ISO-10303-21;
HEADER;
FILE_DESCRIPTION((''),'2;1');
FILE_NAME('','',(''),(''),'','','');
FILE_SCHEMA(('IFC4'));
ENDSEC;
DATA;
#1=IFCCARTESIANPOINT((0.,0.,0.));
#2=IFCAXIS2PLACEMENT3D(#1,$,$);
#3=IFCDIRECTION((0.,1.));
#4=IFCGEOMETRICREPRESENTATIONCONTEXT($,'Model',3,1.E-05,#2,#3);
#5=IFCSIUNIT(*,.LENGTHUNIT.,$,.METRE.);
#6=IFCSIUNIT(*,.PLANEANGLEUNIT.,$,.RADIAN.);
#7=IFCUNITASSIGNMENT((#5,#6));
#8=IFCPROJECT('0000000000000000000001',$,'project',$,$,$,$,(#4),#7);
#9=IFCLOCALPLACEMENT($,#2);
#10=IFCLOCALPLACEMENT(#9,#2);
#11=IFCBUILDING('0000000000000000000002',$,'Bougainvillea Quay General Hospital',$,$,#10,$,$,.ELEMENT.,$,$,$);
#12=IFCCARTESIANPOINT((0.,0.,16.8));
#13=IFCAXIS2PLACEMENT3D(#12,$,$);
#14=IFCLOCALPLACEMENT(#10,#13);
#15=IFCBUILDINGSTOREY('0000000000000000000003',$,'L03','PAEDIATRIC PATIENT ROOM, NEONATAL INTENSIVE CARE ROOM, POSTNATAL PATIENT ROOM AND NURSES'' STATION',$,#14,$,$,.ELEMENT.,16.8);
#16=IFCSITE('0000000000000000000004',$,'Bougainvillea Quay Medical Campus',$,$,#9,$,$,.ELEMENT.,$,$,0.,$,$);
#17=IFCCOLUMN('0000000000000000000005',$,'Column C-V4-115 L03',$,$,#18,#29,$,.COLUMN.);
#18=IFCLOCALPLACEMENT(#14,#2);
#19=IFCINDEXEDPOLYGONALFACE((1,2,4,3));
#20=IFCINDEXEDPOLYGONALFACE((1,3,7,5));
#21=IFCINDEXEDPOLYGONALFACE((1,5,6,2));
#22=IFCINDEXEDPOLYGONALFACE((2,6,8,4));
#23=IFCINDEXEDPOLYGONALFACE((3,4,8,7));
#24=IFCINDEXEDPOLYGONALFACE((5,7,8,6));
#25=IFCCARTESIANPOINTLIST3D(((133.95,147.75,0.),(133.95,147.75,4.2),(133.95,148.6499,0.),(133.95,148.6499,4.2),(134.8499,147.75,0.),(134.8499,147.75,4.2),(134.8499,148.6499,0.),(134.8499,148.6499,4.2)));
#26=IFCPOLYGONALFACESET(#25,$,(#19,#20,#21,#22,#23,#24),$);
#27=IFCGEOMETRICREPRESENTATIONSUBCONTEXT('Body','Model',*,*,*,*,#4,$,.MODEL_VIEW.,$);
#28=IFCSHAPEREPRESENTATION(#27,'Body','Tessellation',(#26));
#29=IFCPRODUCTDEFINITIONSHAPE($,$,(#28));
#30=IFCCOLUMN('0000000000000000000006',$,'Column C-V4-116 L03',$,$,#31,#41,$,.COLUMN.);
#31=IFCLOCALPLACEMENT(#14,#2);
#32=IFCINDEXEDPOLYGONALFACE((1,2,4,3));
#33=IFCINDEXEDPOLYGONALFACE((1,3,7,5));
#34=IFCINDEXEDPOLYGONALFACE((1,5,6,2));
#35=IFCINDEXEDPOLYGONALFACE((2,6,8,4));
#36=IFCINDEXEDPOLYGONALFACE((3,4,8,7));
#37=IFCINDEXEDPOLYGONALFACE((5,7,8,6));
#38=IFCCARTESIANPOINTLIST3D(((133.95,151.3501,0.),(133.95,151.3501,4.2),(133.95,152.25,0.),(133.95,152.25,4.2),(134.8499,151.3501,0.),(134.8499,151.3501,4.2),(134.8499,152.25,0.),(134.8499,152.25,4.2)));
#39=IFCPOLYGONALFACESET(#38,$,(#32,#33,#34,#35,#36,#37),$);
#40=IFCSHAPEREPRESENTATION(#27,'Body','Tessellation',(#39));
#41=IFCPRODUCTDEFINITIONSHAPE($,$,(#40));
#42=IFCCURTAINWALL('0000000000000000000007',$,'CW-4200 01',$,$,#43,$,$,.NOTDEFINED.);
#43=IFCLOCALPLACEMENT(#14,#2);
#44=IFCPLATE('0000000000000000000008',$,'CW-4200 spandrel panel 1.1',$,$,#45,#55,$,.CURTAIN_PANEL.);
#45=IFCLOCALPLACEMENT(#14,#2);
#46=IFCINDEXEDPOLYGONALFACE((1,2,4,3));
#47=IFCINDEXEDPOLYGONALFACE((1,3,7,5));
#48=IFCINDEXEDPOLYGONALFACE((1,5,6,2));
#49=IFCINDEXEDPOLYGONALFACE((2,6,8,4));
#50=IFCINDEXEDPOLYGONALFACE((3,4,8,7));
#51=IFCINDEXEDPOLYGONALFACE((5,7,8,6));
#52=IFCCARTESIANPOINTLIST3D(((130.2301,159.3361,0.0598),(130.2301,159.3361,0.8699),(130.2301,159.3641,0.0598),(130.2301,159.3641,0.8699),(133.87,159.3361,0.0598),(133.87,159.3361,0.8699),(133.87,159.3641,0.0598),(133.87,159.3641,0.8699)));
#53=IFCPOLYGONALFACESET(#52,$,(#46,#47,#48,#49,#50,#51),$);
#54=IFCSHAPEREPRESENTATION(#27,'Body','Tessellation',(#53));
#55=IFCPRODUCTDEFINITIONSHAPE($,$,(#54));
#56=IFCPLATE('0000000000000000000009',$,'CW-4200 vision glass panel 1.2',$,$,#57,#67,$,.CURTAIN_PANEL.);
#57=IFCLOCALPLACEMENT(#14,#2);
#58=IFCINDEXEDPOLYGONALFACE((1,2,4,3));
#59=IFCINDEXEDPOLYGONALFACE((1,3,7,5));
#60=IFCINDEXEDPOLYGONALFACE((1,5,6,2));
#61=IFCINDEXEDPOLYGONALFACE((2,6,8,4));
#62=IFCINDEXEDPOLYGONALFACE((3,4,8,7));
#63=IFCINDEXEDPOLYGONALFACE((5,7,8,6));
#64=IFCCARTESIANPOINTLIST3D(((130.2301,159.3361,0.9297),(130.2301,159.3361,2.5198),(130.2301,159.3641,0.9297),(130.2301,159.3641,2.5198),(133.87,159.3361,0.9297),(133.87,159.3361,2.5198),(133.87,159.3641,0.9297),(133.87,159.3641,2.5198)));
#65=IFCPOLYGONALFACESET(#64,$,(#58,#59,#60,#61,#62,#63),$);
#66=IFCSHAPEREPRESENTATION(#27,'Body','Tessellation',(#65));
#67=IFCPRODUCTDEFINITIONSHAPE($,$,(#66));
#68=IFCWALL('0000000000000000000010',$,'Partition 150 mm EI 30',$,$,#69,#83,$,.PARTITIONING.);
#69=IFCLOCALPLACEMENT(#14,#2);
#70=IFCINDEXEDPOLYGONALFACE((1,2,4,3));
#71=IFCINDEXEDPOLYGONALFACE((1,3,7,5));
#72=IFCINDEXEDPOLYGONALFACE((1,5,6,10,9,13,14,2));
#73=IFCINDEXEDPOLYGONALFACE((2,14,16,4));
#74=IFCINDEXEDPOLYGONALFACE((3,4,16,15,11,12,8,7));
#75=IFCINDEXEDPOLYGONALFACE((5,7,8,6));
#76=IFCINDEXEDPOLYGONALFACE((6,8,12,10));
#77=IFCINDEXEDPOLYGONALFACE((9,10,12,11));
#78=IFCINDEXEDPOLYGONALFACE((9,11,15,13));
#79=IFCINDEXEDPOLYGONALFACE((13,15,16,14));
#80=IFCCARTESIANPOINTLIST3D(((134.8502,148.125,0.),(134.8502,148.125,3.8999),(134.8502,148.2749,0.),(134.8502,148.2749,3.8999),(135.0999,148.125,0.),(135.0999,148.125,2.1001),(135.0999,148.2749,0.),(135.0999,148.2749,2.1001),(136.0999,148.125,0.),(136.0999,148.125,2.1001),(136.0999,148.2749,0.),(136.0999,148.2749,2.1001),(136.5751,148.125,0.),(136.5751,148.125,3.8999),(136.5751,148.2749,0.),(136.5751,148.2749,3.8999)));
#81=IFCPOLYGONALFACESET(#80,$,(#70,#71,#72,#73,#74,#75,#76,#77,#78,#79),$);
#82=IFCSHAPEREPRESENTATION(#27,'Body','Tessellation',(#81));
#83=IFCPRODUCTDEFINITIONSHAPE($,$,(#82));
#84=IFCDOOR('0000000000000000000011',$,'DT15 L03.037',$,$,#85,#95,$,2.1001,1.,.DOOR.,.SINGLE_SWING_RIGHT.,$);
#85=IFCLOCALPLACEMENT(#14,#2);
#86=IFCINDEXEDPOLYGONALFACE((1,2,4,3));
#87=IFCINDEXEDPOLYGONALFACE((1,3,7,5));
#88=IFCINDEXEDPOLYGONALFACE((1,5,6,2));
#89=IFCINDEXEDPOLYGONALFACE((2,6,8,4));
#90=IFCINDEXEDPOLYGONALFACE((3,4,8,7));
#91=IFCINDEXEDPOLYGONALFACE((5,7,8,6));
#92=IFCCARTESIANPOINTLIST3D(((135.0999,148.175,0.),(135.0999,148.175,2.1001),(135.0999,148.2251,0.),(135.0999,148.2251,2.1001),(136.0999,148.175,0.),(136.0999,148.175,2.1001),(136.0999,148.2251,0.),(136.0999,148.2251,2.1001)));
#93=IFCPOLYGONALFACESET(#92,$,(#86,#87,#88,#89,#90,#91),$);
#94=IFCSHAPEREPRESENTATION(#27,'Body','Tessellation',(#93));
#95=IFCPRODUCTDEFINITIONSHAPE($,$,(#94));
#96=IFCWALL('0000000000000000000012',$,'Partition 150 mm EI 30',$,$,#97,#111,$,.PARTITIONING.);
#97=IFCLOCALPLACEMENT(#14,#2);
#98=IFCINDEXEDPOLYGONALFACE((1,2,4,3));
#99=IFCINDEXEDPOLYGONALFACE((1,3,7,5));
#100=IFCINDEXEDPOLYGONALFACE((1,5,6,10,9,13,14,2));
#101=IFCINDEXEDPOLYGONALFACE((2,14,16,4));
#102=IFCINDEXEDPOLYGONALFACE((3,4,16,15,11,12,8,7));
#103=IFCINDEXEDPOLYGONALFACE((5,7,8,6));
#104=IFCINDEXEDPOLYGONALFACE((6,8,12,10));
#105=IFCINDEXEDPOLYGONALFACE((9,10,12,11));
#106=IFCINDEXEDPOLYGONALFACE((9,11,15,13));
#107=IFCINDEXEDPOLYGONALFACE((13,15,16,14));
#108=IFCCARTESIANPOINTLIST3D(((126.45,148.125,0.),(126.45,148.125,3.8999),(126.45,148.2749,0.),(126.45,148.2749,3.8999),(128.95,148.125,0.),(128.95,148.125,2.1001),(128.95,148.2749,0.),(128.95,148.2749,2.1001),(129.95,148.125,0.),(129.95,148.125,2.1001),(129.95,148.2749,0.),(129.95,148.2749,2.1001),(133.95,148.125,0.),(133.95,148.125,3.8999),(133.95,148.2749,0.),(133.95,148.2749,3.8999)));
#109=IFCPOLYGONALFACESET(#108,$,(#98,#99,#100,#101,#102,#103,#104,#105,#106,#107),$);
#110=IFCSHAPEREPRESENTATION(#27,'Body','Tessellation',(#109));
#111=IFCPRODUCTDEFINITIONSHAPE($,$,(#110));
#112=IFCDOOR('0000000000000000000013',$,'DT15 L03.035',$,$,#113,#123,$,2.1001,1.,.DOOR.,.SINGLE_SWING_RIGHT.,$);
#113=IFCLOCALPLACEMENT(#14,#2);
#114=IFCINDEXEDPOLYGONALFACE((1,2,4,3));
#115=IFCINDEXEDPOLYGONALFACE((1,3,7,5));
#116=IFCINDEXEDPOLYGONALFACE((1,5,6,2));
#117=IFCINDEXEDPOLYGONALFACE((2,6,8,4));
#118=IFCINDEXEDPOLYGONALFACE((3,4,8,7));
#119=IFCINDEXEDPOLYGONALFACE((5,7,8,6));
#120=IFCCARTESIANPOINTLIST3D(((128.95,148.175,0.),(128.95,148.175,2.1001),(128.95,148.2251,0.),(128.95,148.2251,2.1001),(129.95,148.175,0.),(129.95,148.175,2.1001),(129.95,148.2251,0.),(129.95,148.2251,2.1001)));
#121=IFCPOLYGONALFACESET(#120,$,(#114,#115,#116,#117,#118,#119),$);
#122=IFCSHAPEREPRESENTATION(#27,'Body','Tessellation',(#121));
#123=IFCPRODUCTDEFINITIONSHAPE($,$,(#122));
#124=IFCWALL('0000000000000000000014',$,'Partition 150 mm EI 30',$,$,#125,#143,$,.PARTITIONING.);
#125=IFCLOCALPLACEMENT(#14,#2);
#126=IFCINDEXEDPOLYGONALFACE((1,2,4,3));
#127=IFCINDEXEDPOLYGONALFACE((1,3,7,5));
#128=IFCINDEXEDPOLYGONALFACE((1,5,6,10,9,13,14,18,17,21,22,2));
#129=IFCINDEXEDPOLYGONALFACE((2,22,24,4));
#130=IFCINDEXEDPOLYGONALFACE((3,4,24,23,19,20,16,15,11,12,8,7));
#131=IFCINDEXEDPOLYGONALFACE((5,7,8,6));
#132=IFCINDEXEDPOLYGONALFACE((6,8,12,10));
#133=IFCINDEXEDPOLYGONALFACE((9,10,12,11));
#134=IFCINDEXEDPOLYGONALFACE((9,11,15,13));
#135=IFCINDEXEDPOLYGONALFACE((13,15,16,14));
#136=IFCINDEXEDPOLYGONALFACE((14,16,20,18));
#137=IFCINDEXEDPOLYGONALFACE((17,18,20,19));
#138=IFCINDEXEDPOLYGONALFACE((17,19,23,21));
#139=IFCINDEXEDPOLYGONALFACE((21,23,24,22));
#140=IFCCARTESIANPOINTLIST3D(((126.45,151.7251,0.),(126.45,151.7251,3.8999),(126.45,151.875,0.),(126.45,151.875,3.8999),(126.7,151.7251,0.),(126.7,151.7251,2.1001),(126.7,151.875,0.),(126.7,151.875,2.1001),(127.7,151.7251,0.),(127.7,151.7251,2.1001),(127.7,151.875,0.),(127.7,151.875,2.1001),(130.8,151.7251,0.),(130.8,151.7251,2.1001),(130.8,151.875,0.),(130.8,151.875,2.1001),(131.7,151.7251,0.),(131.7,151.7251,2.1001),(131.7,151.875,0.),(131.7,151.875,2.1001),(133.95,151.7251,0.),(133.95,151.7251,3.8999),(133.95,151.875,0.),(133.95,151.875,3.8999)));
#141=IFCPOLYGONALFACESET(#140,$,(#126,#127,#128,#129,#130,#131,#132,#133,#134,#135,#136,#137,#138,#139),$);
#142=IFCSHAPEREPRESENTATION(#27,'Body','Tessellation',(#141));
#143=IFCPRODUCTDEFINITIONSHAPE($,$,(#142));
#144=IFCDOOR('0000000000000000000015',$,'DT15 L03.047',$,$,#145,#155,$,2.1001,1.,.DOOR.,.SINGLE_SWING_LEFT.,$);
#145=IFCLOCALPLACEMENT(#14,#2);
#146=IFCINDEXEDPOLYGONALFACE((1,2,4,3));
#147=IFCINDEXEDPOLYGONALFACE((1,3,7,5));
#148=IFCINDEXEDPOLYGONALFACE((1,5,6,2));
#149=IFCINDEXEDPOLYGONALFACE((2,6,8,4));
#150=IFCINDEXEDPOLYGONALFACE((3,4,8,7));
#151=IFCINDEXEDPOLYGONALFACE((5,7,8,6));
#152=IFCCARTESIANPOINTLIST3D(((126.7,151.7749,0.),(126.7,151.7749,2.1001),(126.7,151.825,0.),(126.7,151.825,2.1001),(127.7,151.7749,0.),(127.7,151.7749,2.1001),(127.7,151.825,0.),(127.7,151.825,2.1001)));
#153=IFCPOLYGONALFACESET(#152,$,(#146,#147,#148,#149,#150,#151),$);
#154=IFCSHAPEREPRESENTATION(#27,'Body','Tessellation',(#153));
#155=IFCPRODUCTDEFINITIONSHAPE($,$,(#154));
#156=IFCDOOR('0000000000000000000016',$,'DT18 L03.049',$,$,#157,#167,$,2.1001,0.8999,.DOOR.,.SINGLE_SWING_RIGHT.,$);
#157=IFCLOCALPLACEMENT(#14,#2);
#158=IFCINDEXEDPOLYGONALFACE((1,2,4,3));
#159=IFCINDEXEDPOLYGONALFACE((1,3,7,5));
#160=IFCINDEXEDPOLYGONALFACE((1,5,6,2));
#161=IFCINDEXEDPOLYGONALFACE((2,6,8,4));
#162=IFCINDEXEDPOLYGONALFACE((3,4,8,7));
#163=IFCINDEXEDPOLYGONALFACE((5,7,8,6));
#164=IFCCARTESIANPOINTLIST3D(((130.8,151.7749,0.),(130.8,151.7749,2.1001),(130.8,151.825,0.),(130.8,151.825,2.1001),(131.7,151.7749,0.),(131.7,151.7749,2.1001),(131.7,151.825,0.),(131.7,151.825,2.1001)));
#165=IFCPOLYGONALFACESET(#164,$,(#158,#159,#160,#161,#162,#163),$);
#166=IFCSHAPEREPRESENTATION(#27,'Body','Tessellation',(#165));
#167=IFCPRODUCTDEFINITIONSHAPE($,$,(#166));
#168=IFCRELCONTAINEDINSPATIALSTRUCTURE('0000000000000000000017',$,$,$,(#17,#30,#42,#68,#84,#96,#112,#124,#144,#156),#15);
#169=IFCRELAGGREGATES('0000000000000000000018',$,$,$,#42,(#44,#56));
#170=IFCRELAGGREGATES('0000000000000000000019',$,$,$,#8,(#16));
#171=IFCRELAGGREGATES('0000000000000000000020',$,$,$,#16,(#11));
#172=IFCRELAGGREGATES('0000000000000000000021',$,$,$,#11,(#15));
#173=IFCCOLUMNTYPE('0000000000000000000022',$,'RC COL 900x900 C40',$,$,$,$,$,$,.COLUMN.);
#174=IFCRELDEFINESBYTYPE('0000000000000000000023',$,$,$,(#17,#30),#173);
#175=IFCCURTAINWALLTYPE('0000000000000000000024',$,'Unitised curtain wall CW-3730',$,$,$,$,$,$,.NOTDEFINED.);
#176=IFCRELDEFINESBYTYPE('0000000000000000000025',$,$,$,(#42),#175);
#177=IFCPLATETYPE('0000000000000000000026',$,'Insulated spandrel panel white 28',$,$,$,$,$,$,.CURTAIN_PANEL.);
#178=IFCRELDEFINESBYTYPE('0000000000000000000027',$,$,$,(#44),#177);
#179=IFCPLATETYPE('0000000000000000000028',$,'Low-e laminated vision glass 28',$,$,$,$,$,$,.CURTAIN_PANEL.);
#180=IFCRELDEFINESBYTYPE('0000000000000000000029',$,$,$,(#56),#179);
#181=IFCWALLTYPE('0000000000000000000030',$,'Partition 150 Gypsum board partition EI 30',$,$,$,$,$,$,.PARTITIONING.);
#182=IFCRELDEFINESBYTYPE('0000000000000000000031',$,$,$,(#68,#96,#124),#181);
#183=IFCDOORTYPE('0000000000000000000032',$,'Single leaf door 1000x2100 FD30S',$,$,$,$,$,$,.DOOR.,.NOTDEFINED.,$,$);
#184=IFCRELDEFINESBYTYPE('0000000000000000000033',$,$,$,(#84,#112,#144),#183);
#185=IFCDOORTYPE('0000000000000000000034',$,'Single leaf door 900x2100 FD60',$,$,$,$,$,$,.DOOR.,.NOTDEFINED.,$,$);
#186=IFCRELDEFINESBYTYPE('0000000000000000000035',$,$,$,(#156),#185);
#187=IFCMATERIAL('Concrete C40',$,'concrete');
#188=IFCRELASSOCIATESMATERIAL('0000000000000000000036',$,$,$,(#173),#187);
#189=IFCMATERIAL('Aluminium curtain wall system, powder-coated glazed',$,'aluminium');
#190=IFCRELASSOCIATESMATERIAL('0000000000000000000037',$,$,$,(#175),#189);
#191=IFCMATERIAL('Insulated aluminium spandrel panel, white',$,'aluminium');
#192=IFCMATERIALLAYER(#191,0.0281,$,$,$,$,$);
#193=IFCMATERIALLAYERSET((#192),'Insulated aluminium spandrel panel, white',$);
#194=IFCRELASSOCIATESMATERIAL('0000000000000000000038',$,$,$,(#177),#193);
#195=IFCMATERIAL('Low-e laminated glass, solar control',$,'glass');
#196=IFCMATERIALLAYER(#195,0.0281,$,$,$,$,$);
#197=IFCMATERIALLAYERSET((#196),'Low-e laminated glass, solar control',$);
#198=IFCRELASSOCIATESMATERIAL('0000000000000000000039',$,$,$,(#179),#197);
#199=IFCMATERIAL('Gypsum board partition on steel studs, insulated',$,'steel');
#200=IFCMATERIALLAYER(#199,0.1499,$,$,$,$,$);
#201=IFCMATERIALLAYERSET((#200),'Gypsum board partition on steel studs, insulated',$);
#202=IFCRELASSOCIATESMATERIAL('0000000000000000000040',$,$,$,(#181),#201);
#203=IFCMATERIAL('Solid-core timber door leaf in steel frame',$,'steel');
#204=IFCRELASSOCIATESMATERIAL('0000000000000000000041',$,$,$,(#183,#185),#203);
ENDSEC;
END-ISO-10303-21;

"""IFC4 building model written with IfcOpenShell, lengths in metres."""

from ifc_helpers import new_model, si_unit, direction, frame, frame_2d, origin, origin_2d, place, context, subcontext, project, spatial, rectangle, extrude, material, layer, layer_set, material_profile, profile_set, type_object, element, fill, aggregate, save


model = new_model("IFC4")

# Units and contexts
model_context = context("Model", 3, precision=1e-05, world=origin(), true_north=direction((0.0, 1.0)))
body_context = subcontext(model_context, "Body", "Model", "MODEL_VIEW")
ifc_project = project(units=[si_unit("LENGTHUNIT", "METRE"), si_unit("PLANEANGLEUNIT", "RADIAN")], contexts=[model_context])

# Site, building, storey
site_placement = place(None, origin())
site = spatial("IfcSite", under=ifc_project, at=site_placement, Name="Bougainvillea Quay Medical Campus", CompositionType="ELEMENT", RefElevation=0.0)
building_placement = place(site_placement, origin())
building = spatial("IfcBuilding", under=site, at=building_placement, Name="Bougainvillea Quay General Hospital", CompositionType="ELEMENT")
storey_placement = place(building_placement, frame((0.0, 0.0, 16.8)))
storey = spatial("IfcBuildingStorey", under=building, at=storey_placement, Name="L03", Description="PAEDIATRIC PATIENT ROOM, NEONATAL INTENSIVE CARE ROOM, POSTNATAL PATIENT ROOM AND NURSES' STATION", CompositionType="ELEMENT", Elevation=16.8)

# Columns
ifc_material_1 = material(Name="Concrete C40", Category="concrete")
ifc_material_profile = material_profile(ifc_material_1, rectangle(XDim=0.8999, YDim=0.8999, at=origin_2d()))
ifc_profile_set = profile_set([ifc_material_profile], Name="Concrete C40")
column_type = type_object("IfcColumnType", Name="RC COL 900x900 C40", PredefinedType="COLUMN", material=ifc_profile_set)
for number, where, z_axis, x_axis, name in (
    (1, (134.3999, 148.2, 0.0), (0.0, 0.0, 1.0), (1.0, 0.0, 0.0), "Column C-V4-115 L03"),
    (2, (134.3999, 151.8, 0.0), (0.0, 0.0, 1.0), (1.0, 0.0, 0.0), "Column C-V4-116 L03"),
):
    element("IfcColumn", number, at=place(storey_placement, frame(where, z_axis=z_axis, x_axis=x_axis)), inside=storey, type_object=column_type, Name=name, PredefinedType="COLUMN", context=body_context, shape_type="SweptSolid", body=[
        extrude(rectangle(XDim=0.8999, YDim=0.8999, at=origin_2d()), origin(), (0.0, 0.0, 1.0), 4.2),
    ])

# Curtain wall, plates
ifc_material_2 = material(Name="Aluminium curtain wall system, powder-coated glazed", Category="aluminium")
curtain_wall_type = type_object("IfcCurtainWallType", Name="Unitised curtain wall CW-3730", PredefinedType="NOTDEFINED", material=ifc_material_2)
curtain_wall_placement = place(storey_placement, origin())
curtain_wall = element("IfcCurtainWall", 3, at=curtain_wall_placement, inside=storey, type_object=curtain_wall_type, Name="CW-4200 01", PredefinedType="NOTDEFINED")
ifc_material_3 = material(Name="Insulated aluminium spandrel panel, white", Category="aluminium")
ifc_layer_1 = layer(ifc_material_3, 0.0281)
ifc_layer_set_1 = layer_set([ifc_layer_1], Name="Insulated aluminium spandrel panel, white")
plate_type_1 = type_object("IfcPlateType", Name="Insulated spandrel panel white 28", PredefinedType="CURTAIN_PANEL", material=ifc_layer_set_1)
plate_1_placement = place(storey_placement, frame((132.05, 159.3501, 0.0598), z_axis=(0.0, 0.0, 1.0), x_axis=(-1.0, 0.0, 0.0)))
plate_1 = element("IfcPlate", 4, at=plate_1_placement, type_object=plate_type_1, Name="CW-4200 spandrel panel 1.1", PredefinedType="CURTAIN_PANEL", context=body_context, shape_type="SweptSolid", body=[
    extrude(rectangle(XDim=3.6399, YDim=0.0281, at=origin_2d()), origin(), (0.0, 0.0, 1.0), 0.8101),
])
ifc_material_4 = material(Name="Low-e laminated glass, solar control", Category="glass")
ifc_layer_2 = layer(ifc_material_4, 0.0281)
ifc_layer_set_2 = layer_set([ifc_layer_2], Name="Low-e laminated glass, solar control")
plate_type_2 = type_object("IfcPlateType", Name="Low-e laminated vision glass 28", PredefinedType="CURTAIN_PANEL", material=ifc_layer_set_2)
plate_2_placement = place(storey_placement, frame((132.05, 159.3501, 0.9297), z_axis=(0.0, 0.0, 1.0), x_axis=(-1.0, 0.0, 0.0)))
plate_2 = element("IfcPlate", 5, at=plate_2_placement, type_object=plate_type_2, Name="CW-4200 vision glass panel 1.2", PredefinedType="CURTAIN_PANEL", context=body_context, shape_type="SweptSolid", body=[
    extrude(rectangle(XDim=3.6399, YDim=0.0281, at=origin_2d()), origin(), (0.0, 0.0, 1.0), 1.5901),
])
aggregate(curtain_wall, [plate_1, plate_2])

# Walls, openings, doors
ifc_material_5 = material(Name="Gypsum board partition on steel studs, insulated", Category="steel")
ifc_layer_3 = layer(ifc_material_5, 0.1499)
ifc_layer_set_3 = layer_set([ifc_layer_3], Name="Gypsum board partition on steel studs, insulated")
wall_type_1 = type_object("IfcWallType", Name="Partition 150 Gypsum board partition EI 30", PredefinedType="PARTITIONING", material=ifc_layer_set_3)
wall_1_placement = place(storey_placement, frame((136.575, 148.2, 0.0), z_axis=(0.0, 0.0, 1.0), x_axis=(-1.0, 0.0, 0.0)))
wall_1 = element("IfcWall", 6, at=wall_1_placement, inside=storey, type_object=wall_type_1, Name="Partition 150 mm EI 30", PredefinedType="PARTITIONING", context=body_context, shape_type="SweptSolid", body=[
    extrude(rectangle(XDim=1.7249, YDim=0.1499, at=frame_2d((0.8623, 0.0))), origin(), (0.0, 0.0, 1.0), 3.8999),
])
opening_1_placement = place(wall_1_placement, frame((0.4751, 0.0, 0.0)))
opening_1 = element("IfcOpeningElement", 7, at=opening_1_placement, cuts=wall_1, PredefinedType="OPENING", context=body_context, shape_type="SweptSolid", body=[
    extrude(rectangle(XDim=1.0, YDim=2.1001, at=frame_2d((0.5, 1.05))), frame((0.0, 0.085, 0.0), z_axis=(0.0, -1.0, 0.0), x_axis=(1.0, 0.0, 0.0)), (0.0, 0.0, 1.0), 0.1699),
])
ifc_material_6 = material(Name="Solid-core timber door leaf in steel frame", Category="steel")
door_type_1 = type_object("IfcDoorType", Name="Single leaf door 1000x2100 FD30S", OperationType="NOTDEFINED", PredefinedType="DOOR", material=ifc_material_6)
door_1_placement = place(opening_1_placement, origin())
door_1 = element("IfcDoor", 8, at=door_1_placement, inside=storey, type_object=door_type_1, Name="DT15 L03.037", OperationType="SINGLE_SWING_RIGHT", OverallHeight=2.1001, OverallWidth=1.0, PredefinedType="DOOR", context=body_context, shape_type="SweptSolid", body=[
    extrude(rectangle(XDim=1.0, YDim=2.1001, at=frame_2d((0.5, 1.05))), frame((0.0, 0.0249, 0.0), z_axis=(0.0, -1.0, 0.0), x_axis=(1.0, 0.0, 0.0)), (0.0, 0.0, 1.0), 0.05),
])
fill(opening_1, door_1)
wall_2_placement = place(storey_placement, frame((133.95, 148.2, 0.0), z_axis=(0.0, 0.0, 1.0), x_axis=(-1.0, 0.0, 0.0)))
wall_2 = element("IfcWall", 9, at=wall_2_placement, inside=storey, type_object=wall_type_1, Name="Partition 150 mm EI 30", PredefinedType="PARTITIONING", context=body_context, shape_type="SweptSolid", body=[
    extrude(rectangle(XDim=7.5, YDim=0.1499, at=frame_2d((3.75, 0.0))), origin(), (0.0, 0.0, 1.0), 3.8999),
])
opening_2_placement = place(wall_2_placement, frame((4.0, 0.0, 0.0)))
opening_2 = element("IfcOpeningElement", 10, at=opening_2_placement, cuts=wall_2, PredefinedType="OPENING", context=body_context, shape_type="SweptSolid", body=[
    extrude(rectangle(XDim=1.0, YDim=2.1001, at=frame_2d((0.5, 1.05))), frame((0.0, 0.085, 0.0), z_axis=(0.0, -1.0, 0.0), x_axis=(1.0, 0.0, 0.0)), (0.0, 0.0, 1.0), 0.1699),
])
door_2_placement = place(opening_2_placement, origin())
door_2 = element("IfcDoor", 11, at=door_2_placement, inside=storey, type_object=door_type_1, Name="DT15 L03.035", OperationType="SINGLE_SWING_RIGHT", OverallHeight=2.1001, OverallWidth=1.0, PredefinedType="DOOR", context=body_context, shape_type="SweptSolid", body=[
    extrude(rectangle(XDim=1.0, YDim=2.1001, at=frame_2d((0.5, 1.05))), frame((0.0, 0.0249, 0.0), z_axis=(0.0, -1.0, 0.0), x_axis=(1.0, 0.0, 0.0)), (0.0, 0.0, 1.0), 0.05),
])
fill(opening_2, door_2)

# Wall, openings, doors
wall_3_placement = place(storey_placement, frame((133.95, 151.8, 0.0), z_axis=(0.0, 0.0, 1.0), x_axis=(-1.0, 0.0, 0.0)))
wall_3 = element("IfcWall", 12, at=wall_3_placement, inside=storey, type_object=wall_type_1, Name="Partition 150 mm EI 30", PredefinedType="PARTITIONING", context=body_context, shape_type="SweptSolid", body=[
    extrude(rectangle(XDim=7.5, YDim=0.1499, at=frame_2d((3.75, 0.0))), origin(), (0.0, 0.0, 1.0), 3.8999),
])
opening_3_placement = place(wall_3_placement, frame((6.25, 0.0, 0.0)))
opening_3 = element("IfcOpeningElement", 13, at=opening_3_placement, cuts=wall_3, PredefinedType="OPENING", context=body_context, shape_type="SweptSolid", body=[
    extrude(rectangle(XDim=1.0, YDim=2.1001, at=frame_2d((0.5, 1.05))), frame((0.0, 0.085, 0.0), z_axis=(0.0, -1.0, 0.0), x_axis=(1.0, 0.0, 0.0)), (0.0, 0.0, 1.0), 0.1699),
])
opening_4_placement = place(wall_3_placement, frame((2.25, 0.0, 0.0)))
opening_4 = element("IfcOpeningElement", 14, at=opening_4_placement, cuts=wall_3, PredefinedType="OPENING", context=body_context, shape_type="SweptSolid", body=[
    extrude(rectangle(XDim=0.8999, YDim=2.1001, at=frame_2d((0.45, 1.05))), frame((0.0, 0.085, 0.0), z_axis=(0.0, -1.0, 0.0), x_axis=(1.0, 0.0, 0.0)), (0.0, 0.0, 1.0), 0.1699),
])
door_3_placement = place(opening_3_placement, frame((1.0, 0.0, 0.0), z_axis=(0.0, 0.0, 1.0), x_axis=(-1.0, 0.0, 0.0)))
door_3 = element("IfcDoor", 15, at=door_3_placement, inside=storey, type_object=door_type_1, Name="DT15 L03.047", OperationType="SINGLE_SWING_LEFT", OverallHeight=2.1001, OverallWidth=1.0, PredefinedType="DOOR", context=body_context, shape_type="SweptSolid", body=[
    extrude(rectangle(XDim=1.0, YDim=2.1001, at=frame_2d((0.5, 1.05))), frame((0.0, 0.0249, 0.0), z_axis=(0.0, -1.0, 0.0), x_axis=(1.0, 0.0, 0.0)), (0.0, 0.0, 1.0), 0.05),
])
fill(opening_3, door_3)
door_type_2 = type_object("IfcDoorType", Name="Single leaf door 900x2100 FD60", OperationType="NOTDEFINED", PredefinedType="DOOR", material=ifc_material_6)
door_4_placement = place(opening_4_placement, frame((0.8999, 0.0, 0.0), z_axis=(0.0, 0.0, 1.0), x_axis=(-1.0, 0.0, 0.0)))
door_4 = element("IfcDoor", 16, at=door_4_placement, inside=storey, type_object=door_type_2, Name="DT18 L03.049", OperationType="SINGLE_SWING_RIGHT", OverallHeight=2.1001, OverallWidth=0.8999, PredefinedType="DOOR", context=body_context, shape_type="SweptSolid", body=[
    extrude(rectangle(XDim=0.8999, YDim=2.1001, at=frame_2d((0.45, 1.05))), frame((0.0, 0.0249, 0.0), z_axis=(0.0, -1.0, 0.0), x_axis=(1.0, 0.0, 0.0)), (0.0, 0.0, 1.0), 0.05),
])
fill(opening_4, door_4)

save(model, "model.ifc")
